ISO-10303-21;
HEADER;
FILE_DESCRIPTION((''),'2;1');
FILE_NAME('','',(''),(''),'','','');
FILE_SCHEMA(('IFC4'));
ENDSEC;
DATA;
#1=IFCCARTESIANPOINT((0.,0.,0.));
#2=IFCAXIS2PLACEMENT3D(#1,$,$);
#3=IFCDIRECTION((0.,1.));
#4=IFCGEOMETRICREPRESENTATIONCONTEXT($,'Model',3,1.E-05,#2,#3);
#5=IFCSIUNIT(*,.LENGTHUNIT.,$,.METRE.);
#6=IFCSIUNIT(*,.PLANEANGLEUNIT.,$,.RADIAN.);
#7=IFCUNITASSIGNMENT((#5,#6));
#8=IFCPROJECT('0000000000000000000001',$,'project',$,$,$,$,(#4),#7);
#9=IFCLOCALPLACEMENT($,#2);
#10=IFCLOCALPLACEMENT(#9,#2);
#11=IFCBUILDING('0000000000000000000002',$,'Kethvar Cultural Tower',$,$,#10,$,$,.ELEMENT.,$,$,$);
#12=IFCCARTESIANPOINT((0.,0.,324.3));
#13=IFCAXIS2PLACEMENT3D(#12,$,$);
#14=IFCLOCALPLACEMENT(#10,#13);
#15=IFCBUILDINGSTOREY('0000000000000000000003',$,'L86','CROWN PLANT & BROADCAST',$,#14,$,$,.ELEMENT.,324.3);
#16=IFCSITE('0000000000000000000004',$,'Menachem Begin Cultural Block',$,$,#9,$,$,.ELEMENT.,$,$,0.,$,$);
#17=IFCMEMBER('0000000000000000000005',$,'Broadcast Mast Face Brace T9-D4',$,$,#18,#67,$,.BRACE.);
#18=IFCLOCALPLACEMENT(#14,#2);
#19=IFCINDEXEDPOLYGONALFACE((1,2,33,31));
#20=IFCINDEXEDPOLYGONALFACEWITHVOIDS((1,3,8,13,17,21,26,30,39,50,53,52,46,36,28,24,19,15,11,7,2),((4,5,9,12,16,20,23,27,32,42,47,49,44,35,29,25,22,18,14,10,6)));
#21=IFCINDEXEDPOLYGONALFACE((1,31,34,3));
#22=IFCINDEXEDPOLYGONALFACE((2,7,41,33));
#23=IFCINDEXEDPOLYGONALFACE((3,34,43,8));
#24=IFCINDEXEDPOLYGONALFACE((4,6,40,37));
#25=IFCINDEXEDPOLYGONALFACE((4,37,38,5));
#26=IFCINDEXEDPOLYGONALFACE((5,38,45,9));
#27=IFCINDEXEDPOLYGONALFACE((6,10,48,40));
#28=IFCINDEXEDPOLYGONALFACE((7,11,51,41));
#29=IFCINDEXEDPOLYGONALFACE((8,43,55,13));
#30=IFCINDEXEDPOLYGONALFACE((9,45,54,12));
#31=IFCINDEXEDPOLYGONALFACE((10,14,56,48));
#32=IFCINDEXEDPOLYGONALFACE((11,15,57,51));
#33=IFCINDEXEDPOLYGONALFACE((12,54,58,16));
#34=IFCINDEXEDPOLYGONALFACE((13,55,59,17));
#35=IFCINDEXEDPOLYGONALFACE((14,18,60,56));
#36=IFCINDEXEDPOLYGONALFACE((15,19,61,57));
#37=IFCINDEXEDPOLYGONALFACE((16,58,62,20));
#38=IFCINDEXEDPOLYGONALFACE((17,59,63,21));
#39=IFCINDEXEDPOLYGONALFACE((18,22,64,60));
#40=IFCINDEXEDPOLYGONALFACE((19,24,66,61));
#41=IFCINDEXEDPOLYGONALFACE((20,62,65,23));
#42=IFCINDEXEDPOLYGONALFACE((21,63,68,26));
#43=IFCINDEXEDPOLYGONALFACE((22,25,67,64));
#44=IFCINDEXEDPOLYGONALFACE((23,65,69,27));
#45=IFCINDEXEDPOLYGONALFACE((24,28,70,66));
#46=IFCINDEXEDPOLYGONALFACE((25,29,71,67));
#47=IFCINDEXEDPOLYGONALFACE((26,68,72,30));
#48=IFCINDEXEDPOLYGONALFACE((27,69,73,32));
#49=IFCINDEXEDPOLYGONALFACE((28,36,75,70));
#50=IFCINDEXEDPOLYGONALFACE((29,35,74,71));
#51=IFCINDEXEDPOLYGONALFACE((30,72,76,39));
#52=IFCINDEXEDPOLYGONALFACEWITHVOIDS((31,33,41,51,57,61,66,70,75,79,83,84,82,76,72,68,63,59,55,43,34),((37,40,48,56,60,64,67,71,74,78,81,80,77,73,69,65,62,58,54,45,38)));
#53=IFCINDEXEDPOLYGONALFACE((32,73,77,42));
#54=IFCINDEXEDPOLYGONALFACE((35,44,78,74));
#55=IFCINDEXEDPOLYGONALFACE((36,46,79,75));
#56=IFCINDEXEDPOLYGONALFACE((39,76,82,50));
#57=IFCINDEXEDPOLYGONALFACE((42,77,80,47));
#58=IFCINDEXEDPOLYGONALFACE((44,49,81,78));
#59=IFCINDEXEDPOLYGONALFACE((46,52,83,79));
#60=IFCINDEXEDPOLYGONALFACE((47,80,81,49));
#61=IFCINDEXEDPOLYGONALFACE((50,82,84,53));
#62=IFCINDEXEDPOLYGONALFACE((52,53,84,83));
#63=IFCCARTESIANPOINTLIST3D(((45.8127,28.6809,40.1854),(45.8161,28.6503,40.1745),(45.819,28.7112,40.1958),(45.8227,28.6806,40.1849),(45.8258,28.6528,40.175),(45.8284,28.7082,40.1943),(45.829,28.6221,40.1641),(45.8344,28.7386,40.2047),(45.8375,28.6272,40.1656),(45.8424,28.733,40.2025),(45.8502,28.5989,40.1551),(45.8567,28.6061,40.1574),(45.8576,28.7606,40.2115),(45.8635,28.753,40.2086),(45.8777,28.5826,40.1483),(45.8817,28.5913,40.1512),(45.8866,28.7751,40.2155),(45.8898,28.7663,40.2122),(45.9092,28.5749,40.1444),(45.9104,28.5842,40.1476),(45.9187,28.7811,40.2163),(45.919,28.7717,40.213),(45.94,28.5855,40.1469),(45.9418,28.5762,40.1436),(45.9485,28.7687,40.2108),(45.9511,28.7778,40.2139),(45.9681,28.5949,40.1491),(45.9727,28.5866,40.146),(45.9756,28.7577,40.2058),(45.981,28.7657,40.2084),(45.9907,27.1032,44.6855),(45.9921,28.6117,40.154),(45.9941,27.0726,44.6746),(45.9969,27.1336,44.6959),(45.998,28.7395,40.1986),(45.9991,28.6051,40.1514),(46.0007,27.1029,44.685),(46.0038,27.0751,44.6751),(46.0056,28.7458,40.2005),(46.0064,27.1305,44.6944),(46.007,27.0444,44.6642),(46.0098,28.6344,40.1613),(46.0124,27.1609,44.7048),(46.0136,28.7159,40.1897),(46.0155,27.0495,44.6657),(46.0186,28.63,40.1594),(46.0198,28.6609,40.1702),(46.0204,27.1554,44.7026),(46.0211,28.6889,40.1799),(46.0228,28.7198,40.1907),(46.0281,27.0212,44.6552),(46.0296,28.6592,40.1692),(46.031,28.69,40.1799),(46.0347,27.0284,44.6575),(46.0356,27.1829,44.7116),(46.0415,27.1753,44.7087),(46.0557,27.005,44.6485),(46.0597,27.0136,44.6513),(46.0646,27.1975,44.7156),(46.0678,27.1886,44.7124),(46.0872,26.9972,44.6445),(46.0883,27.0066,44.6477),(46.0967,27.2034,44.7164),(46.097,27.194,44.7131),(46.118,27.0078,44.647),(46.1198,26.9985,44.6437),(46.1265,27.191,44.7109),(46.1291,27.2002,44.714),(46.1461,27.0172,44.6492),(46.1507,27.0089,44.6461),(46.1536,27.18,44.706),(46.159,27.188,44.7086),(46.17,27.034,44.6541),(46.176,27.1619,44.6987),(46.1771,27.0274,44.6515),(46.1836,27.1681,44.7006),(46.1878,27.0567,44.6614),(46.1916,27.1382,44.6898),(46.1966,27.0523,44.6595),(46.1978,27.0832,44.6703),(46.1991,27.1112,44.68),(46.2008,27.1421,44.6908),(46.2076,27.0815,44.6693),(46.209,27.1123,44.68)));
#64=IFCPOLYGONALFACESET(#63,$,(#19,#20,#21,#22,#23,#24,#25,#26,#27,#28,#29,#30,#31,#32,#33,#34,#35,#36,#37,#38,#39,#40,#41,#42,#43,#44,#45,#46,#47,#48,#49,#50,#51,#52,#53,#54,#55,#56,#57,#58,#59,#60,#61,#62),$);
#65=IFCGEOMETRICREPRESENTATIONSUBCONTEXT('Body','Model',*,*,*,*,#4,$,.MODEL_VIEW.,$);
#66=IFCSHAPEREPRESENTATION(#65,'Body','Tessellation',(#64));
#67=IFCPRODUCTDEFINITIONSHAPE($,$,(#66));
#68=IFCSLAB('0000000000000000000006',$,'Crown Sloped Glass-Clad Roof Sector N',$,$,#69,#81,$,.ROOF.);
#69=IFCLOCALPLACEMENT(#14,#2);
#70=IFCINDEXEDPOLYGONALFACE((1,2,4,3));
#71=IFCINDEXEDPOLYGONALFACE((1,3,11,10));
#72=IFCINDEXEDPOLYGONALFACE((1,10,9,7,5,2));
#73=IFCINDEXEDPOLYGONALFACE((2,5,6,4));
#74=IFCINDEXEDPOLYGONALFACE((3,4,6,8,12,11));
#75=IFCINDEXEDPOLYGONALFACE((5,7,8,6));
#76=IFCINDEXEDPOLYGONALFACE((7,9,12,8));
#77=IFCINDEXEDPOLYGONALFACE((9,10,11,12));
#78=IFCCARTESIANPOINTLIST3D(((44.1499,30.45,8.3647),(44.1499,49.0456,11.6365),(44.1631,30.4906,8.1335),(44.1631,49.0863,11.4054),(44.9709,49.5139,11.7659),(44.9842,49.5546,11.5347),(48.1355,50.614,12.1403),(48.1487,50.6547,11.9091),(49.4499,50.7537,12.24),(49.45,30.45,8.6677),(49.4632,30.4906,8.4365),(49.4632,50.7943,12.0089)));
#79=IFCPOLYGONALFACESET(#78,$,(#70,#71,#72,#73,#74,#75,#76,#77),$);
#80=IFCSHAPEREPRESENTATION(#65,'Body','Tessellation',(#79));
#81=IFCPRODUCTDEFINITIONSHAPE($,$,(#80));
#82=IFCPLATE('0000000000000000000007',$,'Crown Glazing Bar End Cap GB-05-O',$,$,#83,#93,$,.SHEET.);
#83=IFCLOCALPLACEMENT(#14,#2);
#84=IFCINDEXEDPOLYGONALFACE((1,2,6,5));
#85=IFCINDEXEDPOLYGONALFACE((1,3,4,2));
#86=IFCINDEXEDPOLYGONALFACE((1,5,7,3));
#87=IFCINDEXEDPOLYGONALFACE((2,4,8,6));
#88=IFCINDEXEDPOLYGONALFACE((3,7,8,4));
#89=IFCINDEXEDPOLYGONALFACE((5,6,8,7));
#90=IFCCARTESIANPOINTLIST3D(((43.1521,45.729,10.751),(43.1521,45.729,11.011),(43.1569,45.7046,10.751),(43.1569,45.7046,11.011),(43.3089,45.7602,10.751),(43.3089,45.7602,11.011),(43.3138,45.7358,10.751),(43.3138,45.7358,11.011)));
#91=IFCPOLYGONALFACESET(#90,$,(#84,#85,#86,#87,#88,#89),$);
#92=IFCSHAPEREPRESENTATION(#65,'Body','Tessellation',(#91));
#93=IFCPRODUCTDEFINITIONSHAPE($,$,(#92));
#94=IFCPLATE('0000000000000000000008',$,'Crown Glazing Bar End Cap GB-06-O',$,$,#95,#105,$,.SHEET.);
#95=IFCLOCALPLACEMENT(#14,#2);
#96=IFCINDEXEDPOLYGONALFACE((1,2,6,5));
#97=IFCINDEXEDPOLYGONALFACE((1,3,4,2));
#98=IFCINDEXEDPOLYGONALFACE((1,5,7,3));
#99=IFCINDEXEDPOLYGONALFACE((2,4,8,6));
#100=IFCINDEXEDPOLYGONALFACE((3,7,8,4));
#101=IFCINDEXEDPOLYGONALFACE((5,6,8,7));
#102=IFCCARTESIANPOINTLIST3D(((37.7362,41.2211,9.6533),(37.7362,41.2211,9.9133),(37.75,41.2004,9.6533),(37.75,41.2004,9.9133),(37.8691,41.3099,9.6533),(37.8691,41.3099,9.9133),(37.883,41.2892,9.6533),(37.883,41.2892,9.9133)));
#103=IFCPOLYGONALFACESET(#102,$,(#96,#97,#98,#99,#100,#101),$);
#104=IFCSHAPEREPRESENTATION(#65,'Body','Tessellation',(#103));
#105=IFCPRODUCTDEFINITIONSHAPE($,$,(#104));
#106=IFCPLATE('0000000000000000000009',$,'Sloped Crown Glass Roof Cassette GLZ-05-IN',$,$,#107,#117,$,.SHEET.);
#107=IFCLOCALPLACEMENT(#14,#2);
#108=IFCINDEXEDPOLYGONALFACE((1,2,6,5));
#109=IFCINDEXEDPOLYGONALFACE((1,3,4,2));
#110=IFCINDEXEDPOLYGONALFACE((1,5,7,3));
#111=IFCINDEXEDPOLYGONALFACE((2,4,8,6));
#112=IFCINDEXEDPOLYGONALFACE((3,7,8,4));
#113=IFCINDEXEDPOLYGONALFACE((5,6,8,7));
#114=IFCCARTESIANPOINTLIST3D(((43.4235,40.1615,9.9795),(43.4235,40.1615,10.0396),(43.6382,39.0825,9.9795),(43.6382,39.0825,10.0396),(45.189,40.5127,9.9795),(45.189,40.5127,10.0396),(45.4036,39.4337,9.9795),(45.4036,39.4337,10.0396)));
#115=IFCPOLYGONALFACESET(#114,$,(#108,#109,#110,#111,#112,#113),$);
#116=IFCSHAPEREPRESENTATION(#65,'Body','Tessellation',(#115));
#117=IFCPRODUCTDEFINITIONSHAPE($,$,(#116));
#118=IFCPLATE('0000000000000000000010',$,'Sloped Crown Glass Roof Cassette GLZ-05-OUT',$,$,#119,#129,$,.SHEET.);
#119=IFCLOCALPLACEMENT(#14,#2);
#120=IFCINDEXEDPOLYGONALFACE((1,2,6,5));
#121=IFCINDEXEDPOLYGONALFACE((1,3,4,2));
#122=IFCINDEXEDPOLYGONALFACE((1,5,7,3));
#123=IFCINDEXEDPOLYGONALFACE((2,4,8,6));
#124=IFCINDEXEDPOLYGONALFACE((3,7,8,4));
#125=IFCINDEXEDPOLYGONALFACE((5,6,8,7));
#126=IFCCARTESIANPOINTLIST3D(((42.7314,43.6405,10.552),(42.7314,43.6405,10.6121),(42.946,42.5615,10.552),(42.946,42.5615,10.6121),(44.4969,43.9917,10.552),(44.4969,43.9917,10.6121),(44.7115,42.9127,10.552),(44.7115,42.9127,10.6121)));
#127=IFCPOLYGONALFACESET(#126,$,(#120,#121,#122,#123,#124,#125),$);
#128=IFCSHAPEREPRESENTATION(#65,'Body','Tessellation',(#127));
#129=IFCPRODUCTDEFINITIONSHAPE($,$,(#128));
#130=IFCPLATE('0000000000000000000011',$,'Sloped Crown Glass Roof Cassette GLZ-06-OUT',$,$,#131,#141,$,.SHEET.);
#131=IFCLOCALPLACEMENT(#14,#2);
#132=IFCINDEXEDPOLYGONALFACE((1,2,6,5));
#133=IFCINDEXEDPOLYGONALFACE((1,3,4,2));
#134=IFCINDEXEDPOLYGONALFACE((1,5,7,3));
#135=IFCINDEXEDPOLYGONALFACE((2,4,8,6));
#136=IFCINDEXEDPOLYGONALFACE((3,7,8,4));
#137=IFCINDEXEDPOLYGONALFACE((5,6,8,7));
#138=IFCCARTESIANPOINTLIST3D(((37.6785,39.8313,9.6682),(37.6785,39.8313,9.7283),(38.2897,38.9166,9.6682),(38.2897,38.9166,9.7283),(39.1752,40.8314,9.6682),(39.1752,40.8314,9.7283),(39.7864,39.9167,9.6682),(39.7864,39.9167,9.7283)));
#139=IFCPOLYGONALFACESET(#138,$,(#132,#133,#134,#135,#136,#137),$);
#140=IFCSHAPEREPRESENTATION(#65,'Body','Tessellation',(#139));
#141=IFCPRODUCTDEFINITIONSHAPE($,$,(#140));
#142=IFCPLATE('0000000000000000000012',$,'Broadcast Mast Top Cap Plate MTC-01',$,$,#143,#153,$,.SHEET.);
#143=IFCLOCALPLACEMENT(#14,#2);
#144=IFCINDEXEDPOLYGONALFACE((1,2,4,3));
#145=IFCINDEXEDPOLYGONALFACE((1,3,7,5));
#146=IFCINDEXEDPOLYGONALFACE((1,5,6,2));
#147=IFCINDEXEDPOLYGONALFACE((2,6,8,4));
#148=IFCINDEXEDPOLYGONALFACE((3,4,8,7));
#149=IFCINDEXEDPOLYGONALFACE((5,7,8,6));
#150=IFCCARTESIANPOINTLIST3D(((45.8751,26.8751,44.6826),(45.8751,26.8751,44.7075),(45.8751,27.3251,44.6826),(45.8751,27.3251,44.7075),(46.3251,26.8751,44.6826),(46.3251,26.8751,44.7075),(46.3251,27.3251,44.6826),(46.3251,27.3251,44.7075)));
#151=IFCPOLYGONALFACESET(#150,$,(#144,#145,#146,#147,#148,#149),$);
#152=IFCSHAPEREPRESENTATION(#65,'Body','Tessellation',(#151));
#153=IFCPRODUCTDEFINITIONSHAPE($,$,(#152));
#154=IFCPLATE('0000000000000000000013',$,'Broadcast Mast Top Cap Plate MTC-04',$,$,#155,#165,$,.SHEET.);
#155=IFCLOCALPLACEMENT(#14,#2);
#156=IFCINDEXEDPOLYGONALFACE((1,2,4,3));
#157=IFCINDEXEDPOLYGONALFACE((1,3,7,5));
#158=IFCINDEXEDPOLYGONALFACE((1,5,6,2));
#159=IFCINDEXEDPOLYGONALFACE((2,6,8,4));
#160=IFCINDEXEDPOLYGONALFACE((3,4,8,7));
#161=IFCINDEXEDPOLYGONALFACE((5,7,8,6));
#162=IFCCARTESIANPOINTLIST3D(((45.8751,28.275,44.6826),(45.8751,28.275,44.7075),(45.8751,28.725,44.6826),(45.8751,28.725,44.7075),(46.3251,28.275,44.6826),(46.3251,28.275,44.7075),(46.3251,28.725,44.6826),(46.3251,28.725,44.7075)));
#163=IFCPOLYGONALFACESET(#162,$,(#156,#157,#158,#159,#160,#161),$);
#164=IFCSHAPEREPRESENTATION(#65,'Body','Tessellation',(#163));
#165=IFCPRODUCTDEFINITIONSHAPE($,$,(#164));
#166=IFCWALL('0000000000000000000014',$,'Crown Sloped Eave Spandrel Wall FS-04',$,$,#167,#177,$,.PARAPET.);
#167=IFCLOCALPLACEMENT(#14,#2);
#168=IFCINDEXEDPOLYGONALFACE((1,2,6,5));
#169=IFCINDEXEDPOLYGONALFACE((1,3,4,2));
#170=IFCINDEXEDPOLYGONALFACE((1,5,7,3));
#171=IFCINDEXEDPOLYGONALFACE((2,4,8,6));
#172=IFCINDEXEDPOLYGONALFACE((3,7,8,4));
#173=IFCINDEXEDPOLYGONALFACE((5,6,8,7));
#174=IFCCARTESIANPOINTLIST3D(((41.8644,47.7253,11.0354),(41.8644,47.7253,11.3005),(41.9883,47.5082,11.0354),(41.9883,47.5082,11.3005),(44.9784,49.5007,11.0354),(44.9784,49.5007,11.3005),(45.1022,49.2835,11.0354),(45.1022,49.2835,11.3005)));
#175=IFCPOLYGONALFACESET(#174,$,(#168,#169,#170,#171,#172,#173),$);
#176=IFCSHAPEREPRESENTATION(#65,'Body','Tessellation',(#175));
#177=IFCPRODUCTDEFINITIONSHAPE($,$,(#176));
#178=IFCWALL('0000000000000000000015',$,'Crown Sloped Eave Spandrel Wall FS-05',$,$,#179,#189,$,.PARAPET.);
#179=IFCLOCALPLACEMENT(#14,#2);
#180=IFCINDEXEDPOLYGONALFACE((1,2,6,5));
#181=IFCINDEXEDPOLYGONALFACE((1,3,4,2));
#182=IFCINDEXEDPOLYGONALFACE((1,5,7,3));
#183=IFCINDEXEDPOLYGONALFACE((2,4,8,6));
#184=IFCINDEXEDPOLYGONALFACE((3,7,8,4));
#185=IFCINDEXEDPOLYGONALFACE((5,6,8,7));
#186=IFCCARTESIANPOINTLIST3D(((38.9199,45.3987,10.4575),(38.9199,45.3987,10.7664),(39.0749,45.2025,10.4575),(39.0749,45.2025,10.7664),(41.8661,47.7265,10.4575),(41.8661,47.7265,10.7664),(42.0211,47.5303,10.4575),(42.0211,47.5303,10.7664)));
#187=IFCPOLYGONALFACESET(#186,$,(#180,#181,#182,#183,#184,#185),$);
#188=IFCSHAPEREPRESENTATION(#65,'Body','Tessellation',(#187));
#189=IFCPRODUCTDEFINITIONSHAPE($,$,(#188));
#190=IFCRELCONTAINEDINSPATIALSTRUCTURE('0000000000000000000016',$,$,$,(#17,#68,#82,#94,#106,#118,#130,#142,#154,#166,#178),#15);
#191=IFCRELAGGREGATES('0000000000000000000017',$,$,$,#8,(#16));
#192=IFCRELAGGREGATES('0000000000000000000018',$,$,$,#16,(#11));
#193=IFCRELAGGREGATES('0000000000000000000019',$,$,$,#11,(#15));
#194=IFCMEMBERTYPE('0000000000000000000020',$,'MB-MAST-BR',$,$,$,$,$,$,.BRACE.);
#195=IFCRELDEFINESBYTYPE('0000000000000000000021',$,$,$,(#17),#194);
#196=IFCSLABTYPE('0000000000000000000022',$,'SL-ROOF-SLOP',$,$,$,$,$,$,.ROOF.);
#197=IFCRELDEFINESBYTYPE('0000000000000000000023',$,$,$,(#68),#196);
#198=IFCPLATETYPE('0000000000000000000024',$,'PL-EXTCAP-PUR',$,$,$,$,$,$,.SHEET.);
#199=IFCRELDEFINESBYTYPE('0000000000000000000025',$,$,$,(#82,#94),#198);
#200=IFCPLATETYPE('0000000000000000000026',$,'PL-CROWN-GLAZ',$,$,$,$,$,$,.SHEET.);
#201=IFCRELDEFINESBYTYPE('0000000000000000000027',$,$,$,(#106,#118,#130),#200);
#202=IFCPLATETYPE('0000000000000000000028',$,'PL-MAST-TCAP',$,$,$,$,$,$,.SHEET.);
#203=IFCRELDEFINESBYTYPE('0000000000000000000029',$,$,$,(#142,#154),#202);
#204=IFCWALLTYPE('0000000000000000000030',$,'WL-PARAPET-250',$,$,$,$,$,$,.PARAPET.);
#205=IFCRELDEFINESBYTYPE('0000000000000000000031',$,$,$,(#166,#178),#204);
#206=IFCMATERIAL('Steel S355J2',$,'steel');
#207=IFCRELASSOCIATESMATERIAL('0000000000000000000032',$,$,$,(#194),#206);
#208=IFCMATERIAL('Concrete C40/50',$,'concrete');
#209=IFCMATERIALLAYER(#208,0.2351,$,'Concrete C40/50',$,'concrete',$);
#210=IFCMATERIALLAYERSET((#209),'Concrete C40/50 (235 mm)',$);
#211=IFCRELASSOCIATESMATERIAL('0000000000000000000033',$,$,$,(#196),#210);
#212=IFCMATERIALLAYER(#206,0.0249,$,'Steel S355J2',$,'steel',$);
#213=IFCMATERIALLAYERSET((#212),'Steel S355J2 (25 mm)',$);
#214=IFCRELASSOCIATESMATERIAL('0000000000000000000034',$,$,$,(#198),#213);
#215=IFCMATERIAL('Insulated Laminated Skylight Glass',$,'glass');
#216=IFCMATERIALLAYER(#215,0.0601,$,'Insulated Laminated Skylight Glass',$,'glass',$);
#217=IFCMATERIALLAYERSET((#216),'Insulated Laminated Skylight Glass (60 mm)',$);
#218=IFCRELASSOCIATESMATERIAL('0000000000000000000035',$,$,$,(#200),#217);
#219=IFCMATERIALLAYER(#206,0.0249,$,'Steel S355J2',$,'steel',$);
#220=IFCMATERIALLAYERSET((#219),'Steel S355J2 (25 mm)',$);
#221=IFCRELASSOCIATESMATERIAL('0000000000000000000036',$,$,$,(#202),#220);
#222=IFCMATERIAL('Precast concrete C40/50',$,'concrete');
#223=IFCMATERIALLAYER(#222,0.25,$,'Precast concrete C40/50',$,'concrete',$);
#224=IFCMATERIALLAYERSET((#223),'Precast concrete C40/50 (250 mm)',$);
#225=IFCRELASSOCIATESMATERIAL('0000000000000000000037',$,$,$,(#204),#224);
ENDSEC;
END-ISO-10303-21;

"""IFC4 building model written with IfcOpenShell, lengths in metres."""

from ifc_helpers import new_model, si_unit, direction, frame, frame_2d, origin, origin_2d, place, context, subcontext, project, spatial, polyline, rectangle, hollow_circle, outline, extrude, source, transform, mapped, material, layer, layer_set, material_profile, profile_set, type_object, element, save


model = new_model("IFC4")

# Units and contexts
model_context = context("Model", 3, precision=1e-05, world=origin(), true_north=direction((0.0, 1.0)))
body_context = subcontext(model_context, "Body", "Model", "MODEL_VIEW")
ifc_project = project(units=[si_unit("LENGTHUNIT", "METRE"), si_unit("PLANEANGLEUNIT", "RADIAN")], contexts=[model_context])

# Site, building, storey
site_placement = place(None, origin())
site = spatial("IfcSite", under=ifc_project, at=site_placement, Name="Menachem Begin Cultural Block", CompositionType="ELEMENT", RefElevation=0.0)
building_placement = place(site_placement, origin())
building = spatial("IfcBuilding", under=site, at=building_placement, Name="Kethvar Cultural Tower", CompositionType="ELEMENT")
storey_placement = place(building_placement, frame((0.0, 0.0, 324.3)))
storey = spatial("IfcBuildingStorey", under=building, at=storey_placement, Name="L86", Description="CROWN PLANT & BROADCAST", CompositionType="ELEMENT", Elevation=324.3)

# Shared definitions
ifc_material_1 = material(Name="Steel S355J2", Category="steel")

# Member
ifc_material_profile_1 = material_profile(ifc_material_1, hollow_circle(Radius=0.1096, WallThickness=0.01, at=origin_2d()), Name="Steel S355J2 — CHS219x10")
ifc_profile_set_1 = profile_set([ifc_material_profile_1], Name="Steel S355J2 — CHS219x10")
member_type_1 = type_object("IfcMemberType", Name="MB-MAST-BR", PredefinedType="BRACE", material=ifc_profile_set_1)
shared_shape_1 = source(origin(), body_context, "Body", "SweptSolid", [
    extrude(hollow_circle(Radius=0.1096, WallThickness=0.01, at=origin_2d()), origin(), (0.0, 0.0, 1.0), 4.772),
])
for number, where, z_axis, x_axis, name in (
    (1, (45.9221, 28.6777, 40.1799), (0.037298, -0.330613, 0.943029), (0.993697, 0.112102, 0.0), "Broadcast Mast Face Brace T9-D4"),
):
    element("IfcMember", number, at=place(storey_placement, frame(where, z_axis=z_axis, x_axis=x_axis)), inside=storey, type_object=member_type_1, Name=name, PredefinedType="BRACE", context=body_context, shape_type="MappedRepresentation", body=[
        mapped(shared_shape_1, transform((0.0, 0.0, 0.0), scale=1.0)),
    ])

# Slab
ifc_material_2 = material(Name="Concrete C40/50", Category="concrete")
ifc_layer_1 = layer(ifc_material_2, 0.2351, Name="Concrete C40/50", Category="concrete")
ifc_layer_set_1 = layer_set([ifc_layer_1], Name="Concrete C40/50 (235 mm)")
slab_type = type_object("IfcSlabType", Name="SL-ROOF-SLOP", PredefinedType="ROOF", material=ifc_layer_set_1)
slab_placement = place(storey_placement, frame((44.9709, 49.5139, 11.7659), z_axis=(-0.056213, -0.173009, 0.983315), x_axis=(0.938708, 0.326327, 0.111078)))
element("IfcSlab", 2, at=slab_placement, inside=storey, type_object=slab_type, Name="Crown Sloped Glass-Clad Roof Sector N", PredefinedType="ROOF", context=body_context, shape_type="SweptSolid", body=[
    extrude(outline(polyline([(0.0, 0.0), (3.3712, 0.0), (4.6617, -0.3029), (-2.3607, -19.6856), (-7.3696, -17.9267), (-0.9379, -0.1746), (0.0, 0.0)])), origin(), (0.0, 0.0, -1.0), 0.2351),
])

# Plates
ifc_layer_2 = layer(ifc_material_1, 0.0249, Name="Steel S355J2", Category="steel")
ifc_layer_set_2 = layer_set([ifc_layer_2], Name="Steel S355J2 (25 mm)")
plate_type_1 = type_object("IfcPlateType", Name="PL-EXTCAP-PUR", PredefinedType="SHEET", material=ifc_layer_set_2)
shared_shape_2 = source(origin(), body_context, "Body", "SweptSolid", [
    extrude(rectangle(XDim=0.0249, YDim=0.1599, at=origin_2d()), origin(), (0.0, 0.0, 1.0), 0.26),
])
for number, where, z_axis, x_axis, name in (
    (3, (43.2329, 45.7324, 10.751), (0.0, 0.0, 1.0), (-0.19509, 0.980785, 0.0), "Crown Glazing Bar End Cap GB-05-O"),
    (4, (37.8096, 41.2551, 9.6533), (0.0, 0.0, 1.0), (-0.55557, 0.83147, 0.0), "Crown Glazing Bar End Cap GB-06-O"),
):
    element("IfcPlate", number, at=place(storey_placement, frame(where, z_axis=z_axis, x_axis=x_axis)), inside=storey, type_object=plate_type_1, Name=name, PredefinedType="SHEET", context=body_context, shape_type="MappedRepresentation", body=[
        mapped(shared_shape_2, transform((0.0, 0.0, 0.0), scale=1.0)),
    ])
ifc_material_3 = material(Name="Insulated Laminated Skylight Glass", Category="glass")
ifc_layer_3 = layer(ifc_material_3, 0.0601, Name="Insulated Laminated Skylight Glass", Category="glass")
ifc_layer_set_3 = layer_set([ifc_layer_3], Name="Insulated Laminated Skylight Glass (60 mm)")
plate_type_2 = type_object("IfcPlateType", Name="PL-CROWN-GLAZ", PredefinedType="SHEET", material=ifc_layer_set_3)
shared_shape_3 = source(origin(), body_context, "Body", "SweptSolid", [
    extrude(rectangle(XDim=1.1001, YDim=1.8, at=origin_2d()), origin(), (0.0, 0.0, 1.0), 0.0601),
])
for number, where, z_axis, x_axis, name in (
    (5, (44.4136, 39.7976, 9.9795), (0.0, 0.0, 1.0), (-0.19509, 0.980785, 0.0), "Sloped Crown Glass Roof Cassette GLZ-05-IN"),
    (6, (43.7214, 43.2766, 10.552), (0.0, 0.0, 1.0), (-0.19509, 0.980785, 0.0), "Sloped Crown Glass Roof Cassette GLZ-05-OUT"),
    (7, (38.7324, 39.874, 9.6682), (0.0, 0.0, 1.0), (-0.55557, 0.83147, 0.0), "Sloped Crown Glass Roof Cassette GLZ-06-OUT"),
):
    element("IfcPlate", number, at=place(storey_placement, frame(where, z_axis=z_axis, x_axis=x_axis)), inside=storey, type_object=plate_type_2, Name=name, PredefinedType="SHEET", context=body_context, shape_type="MappedRepresentation", body=[
        mapped(shared_shape_3, transform((0.0, 0.0, 0.0), scale=1.0)),
    ])
ifc_layer_4 = layer(ifc_material_1, 0.0249, Name="Steel S355J2", Category="steel")
ifc_layer_set_4 = layer_set([ifc_layer_4], Name="Steel S355J2 (25 mm)")
plate_type_3 = type_object("IfcPlateType", Name="PL-MAST-TCAP", PredefinedType="SHEET", material=ifc_layer_set_4)
shared_shape_4 = source(origin(), body_context, "Body", "SweptSolid", [
    extrude(rectangle(XDim=0.45, YDim=0.45, at=origin_2d()), origin(), (0.0, 0.0, 1.0), 0.0249),
])
for number, where, z_axis, x_axis, name in (
    (8, (46.1001, 27.1001, 44.6826), (0.0, 0.0, 1.0), (1.0, 0.0, 0.0), "Broadcast Mast Top Cap Plate MTC-01"),
    (9, (46.1001, 28.5, 44.6826), (0.0, 0.0, 1.0), (1.0, 0.0, 0.0), "Broadcast Mast Top Cap Plate MTC-04"),
):
    element("IfcPlate", number, at=place(storey_placement, frame(where, z_axis=z_axis, x_axis=x_axis)), inside=storey, type_object=plate_type_3, Name=name, PredefinedType="SHEET", context=body_context, shape_type="MappedRepresentation", body=[
        mapped(shared_shape_4, transform((0.0, 0.0, 0.0), scale=1.0)),
    ])

# Walls
ifc_material_4 = material(Name="Precast concrete C40/50", Category="concrete")
ifc_layer_5 = layer(ifc_material_4, 0.25, Name="Precast concrete C40/50", Category="concrete")
ifc_layer_set_5 = layer_set([ifc_layer_5], Name="Precast concrete C40/50 (250 mm)")
wall_type = type_object("IfcWallType", Name="WL-PARAPET-250", PredefinedType="PARAPET", material=ifc_layer_set_5)
wall_1_placement = place(storey_placement, frame((45.0403, 49.3921, 11.0354), z_axis=(0.0, 0.0, 1.0), x_axis=(-0.868729, -0.495288, 0.0)))
element("IfcWall", 10, at=wall_1_placement, inside=storey, type_object=wall_type, Name="Crown Sloped Eave Spandrel Wall FS-04", PredefinedType="PARAPET", context=body_context, shape_type="SweptSolid", body=[
    extrude(rectangle(XDim=3.5845, YDim=0.25, at=frame_2d((1.7922, 0.0))), origin(), (0.0, 0.0, 1.0), 0.2651),
])
wall_2_placement = place(storey_placement, frame((41.9436, 47.6284, 10.4575), z_axis=(0.0, 0.0, 1.0), x_axis=(-0.784641, -0.61995, 0.0)))
element("IfcWall", 11, at=wall_2_placement, inside=storey, type_object=wall_type, Name="Crown Sloped Eave Spandrel Wall FS-05", PredefinedType="PARAPET", context=body_context, shape_type="SweptSolid", body=[
    extrude(rectangle(XDim=3.7549, YDim=0.25, at=frame_2d((1.8774, 0.0))), origin(), (0.0, 0.0, 1.0), 0.3088),
])

save(model, "model.ifc")
